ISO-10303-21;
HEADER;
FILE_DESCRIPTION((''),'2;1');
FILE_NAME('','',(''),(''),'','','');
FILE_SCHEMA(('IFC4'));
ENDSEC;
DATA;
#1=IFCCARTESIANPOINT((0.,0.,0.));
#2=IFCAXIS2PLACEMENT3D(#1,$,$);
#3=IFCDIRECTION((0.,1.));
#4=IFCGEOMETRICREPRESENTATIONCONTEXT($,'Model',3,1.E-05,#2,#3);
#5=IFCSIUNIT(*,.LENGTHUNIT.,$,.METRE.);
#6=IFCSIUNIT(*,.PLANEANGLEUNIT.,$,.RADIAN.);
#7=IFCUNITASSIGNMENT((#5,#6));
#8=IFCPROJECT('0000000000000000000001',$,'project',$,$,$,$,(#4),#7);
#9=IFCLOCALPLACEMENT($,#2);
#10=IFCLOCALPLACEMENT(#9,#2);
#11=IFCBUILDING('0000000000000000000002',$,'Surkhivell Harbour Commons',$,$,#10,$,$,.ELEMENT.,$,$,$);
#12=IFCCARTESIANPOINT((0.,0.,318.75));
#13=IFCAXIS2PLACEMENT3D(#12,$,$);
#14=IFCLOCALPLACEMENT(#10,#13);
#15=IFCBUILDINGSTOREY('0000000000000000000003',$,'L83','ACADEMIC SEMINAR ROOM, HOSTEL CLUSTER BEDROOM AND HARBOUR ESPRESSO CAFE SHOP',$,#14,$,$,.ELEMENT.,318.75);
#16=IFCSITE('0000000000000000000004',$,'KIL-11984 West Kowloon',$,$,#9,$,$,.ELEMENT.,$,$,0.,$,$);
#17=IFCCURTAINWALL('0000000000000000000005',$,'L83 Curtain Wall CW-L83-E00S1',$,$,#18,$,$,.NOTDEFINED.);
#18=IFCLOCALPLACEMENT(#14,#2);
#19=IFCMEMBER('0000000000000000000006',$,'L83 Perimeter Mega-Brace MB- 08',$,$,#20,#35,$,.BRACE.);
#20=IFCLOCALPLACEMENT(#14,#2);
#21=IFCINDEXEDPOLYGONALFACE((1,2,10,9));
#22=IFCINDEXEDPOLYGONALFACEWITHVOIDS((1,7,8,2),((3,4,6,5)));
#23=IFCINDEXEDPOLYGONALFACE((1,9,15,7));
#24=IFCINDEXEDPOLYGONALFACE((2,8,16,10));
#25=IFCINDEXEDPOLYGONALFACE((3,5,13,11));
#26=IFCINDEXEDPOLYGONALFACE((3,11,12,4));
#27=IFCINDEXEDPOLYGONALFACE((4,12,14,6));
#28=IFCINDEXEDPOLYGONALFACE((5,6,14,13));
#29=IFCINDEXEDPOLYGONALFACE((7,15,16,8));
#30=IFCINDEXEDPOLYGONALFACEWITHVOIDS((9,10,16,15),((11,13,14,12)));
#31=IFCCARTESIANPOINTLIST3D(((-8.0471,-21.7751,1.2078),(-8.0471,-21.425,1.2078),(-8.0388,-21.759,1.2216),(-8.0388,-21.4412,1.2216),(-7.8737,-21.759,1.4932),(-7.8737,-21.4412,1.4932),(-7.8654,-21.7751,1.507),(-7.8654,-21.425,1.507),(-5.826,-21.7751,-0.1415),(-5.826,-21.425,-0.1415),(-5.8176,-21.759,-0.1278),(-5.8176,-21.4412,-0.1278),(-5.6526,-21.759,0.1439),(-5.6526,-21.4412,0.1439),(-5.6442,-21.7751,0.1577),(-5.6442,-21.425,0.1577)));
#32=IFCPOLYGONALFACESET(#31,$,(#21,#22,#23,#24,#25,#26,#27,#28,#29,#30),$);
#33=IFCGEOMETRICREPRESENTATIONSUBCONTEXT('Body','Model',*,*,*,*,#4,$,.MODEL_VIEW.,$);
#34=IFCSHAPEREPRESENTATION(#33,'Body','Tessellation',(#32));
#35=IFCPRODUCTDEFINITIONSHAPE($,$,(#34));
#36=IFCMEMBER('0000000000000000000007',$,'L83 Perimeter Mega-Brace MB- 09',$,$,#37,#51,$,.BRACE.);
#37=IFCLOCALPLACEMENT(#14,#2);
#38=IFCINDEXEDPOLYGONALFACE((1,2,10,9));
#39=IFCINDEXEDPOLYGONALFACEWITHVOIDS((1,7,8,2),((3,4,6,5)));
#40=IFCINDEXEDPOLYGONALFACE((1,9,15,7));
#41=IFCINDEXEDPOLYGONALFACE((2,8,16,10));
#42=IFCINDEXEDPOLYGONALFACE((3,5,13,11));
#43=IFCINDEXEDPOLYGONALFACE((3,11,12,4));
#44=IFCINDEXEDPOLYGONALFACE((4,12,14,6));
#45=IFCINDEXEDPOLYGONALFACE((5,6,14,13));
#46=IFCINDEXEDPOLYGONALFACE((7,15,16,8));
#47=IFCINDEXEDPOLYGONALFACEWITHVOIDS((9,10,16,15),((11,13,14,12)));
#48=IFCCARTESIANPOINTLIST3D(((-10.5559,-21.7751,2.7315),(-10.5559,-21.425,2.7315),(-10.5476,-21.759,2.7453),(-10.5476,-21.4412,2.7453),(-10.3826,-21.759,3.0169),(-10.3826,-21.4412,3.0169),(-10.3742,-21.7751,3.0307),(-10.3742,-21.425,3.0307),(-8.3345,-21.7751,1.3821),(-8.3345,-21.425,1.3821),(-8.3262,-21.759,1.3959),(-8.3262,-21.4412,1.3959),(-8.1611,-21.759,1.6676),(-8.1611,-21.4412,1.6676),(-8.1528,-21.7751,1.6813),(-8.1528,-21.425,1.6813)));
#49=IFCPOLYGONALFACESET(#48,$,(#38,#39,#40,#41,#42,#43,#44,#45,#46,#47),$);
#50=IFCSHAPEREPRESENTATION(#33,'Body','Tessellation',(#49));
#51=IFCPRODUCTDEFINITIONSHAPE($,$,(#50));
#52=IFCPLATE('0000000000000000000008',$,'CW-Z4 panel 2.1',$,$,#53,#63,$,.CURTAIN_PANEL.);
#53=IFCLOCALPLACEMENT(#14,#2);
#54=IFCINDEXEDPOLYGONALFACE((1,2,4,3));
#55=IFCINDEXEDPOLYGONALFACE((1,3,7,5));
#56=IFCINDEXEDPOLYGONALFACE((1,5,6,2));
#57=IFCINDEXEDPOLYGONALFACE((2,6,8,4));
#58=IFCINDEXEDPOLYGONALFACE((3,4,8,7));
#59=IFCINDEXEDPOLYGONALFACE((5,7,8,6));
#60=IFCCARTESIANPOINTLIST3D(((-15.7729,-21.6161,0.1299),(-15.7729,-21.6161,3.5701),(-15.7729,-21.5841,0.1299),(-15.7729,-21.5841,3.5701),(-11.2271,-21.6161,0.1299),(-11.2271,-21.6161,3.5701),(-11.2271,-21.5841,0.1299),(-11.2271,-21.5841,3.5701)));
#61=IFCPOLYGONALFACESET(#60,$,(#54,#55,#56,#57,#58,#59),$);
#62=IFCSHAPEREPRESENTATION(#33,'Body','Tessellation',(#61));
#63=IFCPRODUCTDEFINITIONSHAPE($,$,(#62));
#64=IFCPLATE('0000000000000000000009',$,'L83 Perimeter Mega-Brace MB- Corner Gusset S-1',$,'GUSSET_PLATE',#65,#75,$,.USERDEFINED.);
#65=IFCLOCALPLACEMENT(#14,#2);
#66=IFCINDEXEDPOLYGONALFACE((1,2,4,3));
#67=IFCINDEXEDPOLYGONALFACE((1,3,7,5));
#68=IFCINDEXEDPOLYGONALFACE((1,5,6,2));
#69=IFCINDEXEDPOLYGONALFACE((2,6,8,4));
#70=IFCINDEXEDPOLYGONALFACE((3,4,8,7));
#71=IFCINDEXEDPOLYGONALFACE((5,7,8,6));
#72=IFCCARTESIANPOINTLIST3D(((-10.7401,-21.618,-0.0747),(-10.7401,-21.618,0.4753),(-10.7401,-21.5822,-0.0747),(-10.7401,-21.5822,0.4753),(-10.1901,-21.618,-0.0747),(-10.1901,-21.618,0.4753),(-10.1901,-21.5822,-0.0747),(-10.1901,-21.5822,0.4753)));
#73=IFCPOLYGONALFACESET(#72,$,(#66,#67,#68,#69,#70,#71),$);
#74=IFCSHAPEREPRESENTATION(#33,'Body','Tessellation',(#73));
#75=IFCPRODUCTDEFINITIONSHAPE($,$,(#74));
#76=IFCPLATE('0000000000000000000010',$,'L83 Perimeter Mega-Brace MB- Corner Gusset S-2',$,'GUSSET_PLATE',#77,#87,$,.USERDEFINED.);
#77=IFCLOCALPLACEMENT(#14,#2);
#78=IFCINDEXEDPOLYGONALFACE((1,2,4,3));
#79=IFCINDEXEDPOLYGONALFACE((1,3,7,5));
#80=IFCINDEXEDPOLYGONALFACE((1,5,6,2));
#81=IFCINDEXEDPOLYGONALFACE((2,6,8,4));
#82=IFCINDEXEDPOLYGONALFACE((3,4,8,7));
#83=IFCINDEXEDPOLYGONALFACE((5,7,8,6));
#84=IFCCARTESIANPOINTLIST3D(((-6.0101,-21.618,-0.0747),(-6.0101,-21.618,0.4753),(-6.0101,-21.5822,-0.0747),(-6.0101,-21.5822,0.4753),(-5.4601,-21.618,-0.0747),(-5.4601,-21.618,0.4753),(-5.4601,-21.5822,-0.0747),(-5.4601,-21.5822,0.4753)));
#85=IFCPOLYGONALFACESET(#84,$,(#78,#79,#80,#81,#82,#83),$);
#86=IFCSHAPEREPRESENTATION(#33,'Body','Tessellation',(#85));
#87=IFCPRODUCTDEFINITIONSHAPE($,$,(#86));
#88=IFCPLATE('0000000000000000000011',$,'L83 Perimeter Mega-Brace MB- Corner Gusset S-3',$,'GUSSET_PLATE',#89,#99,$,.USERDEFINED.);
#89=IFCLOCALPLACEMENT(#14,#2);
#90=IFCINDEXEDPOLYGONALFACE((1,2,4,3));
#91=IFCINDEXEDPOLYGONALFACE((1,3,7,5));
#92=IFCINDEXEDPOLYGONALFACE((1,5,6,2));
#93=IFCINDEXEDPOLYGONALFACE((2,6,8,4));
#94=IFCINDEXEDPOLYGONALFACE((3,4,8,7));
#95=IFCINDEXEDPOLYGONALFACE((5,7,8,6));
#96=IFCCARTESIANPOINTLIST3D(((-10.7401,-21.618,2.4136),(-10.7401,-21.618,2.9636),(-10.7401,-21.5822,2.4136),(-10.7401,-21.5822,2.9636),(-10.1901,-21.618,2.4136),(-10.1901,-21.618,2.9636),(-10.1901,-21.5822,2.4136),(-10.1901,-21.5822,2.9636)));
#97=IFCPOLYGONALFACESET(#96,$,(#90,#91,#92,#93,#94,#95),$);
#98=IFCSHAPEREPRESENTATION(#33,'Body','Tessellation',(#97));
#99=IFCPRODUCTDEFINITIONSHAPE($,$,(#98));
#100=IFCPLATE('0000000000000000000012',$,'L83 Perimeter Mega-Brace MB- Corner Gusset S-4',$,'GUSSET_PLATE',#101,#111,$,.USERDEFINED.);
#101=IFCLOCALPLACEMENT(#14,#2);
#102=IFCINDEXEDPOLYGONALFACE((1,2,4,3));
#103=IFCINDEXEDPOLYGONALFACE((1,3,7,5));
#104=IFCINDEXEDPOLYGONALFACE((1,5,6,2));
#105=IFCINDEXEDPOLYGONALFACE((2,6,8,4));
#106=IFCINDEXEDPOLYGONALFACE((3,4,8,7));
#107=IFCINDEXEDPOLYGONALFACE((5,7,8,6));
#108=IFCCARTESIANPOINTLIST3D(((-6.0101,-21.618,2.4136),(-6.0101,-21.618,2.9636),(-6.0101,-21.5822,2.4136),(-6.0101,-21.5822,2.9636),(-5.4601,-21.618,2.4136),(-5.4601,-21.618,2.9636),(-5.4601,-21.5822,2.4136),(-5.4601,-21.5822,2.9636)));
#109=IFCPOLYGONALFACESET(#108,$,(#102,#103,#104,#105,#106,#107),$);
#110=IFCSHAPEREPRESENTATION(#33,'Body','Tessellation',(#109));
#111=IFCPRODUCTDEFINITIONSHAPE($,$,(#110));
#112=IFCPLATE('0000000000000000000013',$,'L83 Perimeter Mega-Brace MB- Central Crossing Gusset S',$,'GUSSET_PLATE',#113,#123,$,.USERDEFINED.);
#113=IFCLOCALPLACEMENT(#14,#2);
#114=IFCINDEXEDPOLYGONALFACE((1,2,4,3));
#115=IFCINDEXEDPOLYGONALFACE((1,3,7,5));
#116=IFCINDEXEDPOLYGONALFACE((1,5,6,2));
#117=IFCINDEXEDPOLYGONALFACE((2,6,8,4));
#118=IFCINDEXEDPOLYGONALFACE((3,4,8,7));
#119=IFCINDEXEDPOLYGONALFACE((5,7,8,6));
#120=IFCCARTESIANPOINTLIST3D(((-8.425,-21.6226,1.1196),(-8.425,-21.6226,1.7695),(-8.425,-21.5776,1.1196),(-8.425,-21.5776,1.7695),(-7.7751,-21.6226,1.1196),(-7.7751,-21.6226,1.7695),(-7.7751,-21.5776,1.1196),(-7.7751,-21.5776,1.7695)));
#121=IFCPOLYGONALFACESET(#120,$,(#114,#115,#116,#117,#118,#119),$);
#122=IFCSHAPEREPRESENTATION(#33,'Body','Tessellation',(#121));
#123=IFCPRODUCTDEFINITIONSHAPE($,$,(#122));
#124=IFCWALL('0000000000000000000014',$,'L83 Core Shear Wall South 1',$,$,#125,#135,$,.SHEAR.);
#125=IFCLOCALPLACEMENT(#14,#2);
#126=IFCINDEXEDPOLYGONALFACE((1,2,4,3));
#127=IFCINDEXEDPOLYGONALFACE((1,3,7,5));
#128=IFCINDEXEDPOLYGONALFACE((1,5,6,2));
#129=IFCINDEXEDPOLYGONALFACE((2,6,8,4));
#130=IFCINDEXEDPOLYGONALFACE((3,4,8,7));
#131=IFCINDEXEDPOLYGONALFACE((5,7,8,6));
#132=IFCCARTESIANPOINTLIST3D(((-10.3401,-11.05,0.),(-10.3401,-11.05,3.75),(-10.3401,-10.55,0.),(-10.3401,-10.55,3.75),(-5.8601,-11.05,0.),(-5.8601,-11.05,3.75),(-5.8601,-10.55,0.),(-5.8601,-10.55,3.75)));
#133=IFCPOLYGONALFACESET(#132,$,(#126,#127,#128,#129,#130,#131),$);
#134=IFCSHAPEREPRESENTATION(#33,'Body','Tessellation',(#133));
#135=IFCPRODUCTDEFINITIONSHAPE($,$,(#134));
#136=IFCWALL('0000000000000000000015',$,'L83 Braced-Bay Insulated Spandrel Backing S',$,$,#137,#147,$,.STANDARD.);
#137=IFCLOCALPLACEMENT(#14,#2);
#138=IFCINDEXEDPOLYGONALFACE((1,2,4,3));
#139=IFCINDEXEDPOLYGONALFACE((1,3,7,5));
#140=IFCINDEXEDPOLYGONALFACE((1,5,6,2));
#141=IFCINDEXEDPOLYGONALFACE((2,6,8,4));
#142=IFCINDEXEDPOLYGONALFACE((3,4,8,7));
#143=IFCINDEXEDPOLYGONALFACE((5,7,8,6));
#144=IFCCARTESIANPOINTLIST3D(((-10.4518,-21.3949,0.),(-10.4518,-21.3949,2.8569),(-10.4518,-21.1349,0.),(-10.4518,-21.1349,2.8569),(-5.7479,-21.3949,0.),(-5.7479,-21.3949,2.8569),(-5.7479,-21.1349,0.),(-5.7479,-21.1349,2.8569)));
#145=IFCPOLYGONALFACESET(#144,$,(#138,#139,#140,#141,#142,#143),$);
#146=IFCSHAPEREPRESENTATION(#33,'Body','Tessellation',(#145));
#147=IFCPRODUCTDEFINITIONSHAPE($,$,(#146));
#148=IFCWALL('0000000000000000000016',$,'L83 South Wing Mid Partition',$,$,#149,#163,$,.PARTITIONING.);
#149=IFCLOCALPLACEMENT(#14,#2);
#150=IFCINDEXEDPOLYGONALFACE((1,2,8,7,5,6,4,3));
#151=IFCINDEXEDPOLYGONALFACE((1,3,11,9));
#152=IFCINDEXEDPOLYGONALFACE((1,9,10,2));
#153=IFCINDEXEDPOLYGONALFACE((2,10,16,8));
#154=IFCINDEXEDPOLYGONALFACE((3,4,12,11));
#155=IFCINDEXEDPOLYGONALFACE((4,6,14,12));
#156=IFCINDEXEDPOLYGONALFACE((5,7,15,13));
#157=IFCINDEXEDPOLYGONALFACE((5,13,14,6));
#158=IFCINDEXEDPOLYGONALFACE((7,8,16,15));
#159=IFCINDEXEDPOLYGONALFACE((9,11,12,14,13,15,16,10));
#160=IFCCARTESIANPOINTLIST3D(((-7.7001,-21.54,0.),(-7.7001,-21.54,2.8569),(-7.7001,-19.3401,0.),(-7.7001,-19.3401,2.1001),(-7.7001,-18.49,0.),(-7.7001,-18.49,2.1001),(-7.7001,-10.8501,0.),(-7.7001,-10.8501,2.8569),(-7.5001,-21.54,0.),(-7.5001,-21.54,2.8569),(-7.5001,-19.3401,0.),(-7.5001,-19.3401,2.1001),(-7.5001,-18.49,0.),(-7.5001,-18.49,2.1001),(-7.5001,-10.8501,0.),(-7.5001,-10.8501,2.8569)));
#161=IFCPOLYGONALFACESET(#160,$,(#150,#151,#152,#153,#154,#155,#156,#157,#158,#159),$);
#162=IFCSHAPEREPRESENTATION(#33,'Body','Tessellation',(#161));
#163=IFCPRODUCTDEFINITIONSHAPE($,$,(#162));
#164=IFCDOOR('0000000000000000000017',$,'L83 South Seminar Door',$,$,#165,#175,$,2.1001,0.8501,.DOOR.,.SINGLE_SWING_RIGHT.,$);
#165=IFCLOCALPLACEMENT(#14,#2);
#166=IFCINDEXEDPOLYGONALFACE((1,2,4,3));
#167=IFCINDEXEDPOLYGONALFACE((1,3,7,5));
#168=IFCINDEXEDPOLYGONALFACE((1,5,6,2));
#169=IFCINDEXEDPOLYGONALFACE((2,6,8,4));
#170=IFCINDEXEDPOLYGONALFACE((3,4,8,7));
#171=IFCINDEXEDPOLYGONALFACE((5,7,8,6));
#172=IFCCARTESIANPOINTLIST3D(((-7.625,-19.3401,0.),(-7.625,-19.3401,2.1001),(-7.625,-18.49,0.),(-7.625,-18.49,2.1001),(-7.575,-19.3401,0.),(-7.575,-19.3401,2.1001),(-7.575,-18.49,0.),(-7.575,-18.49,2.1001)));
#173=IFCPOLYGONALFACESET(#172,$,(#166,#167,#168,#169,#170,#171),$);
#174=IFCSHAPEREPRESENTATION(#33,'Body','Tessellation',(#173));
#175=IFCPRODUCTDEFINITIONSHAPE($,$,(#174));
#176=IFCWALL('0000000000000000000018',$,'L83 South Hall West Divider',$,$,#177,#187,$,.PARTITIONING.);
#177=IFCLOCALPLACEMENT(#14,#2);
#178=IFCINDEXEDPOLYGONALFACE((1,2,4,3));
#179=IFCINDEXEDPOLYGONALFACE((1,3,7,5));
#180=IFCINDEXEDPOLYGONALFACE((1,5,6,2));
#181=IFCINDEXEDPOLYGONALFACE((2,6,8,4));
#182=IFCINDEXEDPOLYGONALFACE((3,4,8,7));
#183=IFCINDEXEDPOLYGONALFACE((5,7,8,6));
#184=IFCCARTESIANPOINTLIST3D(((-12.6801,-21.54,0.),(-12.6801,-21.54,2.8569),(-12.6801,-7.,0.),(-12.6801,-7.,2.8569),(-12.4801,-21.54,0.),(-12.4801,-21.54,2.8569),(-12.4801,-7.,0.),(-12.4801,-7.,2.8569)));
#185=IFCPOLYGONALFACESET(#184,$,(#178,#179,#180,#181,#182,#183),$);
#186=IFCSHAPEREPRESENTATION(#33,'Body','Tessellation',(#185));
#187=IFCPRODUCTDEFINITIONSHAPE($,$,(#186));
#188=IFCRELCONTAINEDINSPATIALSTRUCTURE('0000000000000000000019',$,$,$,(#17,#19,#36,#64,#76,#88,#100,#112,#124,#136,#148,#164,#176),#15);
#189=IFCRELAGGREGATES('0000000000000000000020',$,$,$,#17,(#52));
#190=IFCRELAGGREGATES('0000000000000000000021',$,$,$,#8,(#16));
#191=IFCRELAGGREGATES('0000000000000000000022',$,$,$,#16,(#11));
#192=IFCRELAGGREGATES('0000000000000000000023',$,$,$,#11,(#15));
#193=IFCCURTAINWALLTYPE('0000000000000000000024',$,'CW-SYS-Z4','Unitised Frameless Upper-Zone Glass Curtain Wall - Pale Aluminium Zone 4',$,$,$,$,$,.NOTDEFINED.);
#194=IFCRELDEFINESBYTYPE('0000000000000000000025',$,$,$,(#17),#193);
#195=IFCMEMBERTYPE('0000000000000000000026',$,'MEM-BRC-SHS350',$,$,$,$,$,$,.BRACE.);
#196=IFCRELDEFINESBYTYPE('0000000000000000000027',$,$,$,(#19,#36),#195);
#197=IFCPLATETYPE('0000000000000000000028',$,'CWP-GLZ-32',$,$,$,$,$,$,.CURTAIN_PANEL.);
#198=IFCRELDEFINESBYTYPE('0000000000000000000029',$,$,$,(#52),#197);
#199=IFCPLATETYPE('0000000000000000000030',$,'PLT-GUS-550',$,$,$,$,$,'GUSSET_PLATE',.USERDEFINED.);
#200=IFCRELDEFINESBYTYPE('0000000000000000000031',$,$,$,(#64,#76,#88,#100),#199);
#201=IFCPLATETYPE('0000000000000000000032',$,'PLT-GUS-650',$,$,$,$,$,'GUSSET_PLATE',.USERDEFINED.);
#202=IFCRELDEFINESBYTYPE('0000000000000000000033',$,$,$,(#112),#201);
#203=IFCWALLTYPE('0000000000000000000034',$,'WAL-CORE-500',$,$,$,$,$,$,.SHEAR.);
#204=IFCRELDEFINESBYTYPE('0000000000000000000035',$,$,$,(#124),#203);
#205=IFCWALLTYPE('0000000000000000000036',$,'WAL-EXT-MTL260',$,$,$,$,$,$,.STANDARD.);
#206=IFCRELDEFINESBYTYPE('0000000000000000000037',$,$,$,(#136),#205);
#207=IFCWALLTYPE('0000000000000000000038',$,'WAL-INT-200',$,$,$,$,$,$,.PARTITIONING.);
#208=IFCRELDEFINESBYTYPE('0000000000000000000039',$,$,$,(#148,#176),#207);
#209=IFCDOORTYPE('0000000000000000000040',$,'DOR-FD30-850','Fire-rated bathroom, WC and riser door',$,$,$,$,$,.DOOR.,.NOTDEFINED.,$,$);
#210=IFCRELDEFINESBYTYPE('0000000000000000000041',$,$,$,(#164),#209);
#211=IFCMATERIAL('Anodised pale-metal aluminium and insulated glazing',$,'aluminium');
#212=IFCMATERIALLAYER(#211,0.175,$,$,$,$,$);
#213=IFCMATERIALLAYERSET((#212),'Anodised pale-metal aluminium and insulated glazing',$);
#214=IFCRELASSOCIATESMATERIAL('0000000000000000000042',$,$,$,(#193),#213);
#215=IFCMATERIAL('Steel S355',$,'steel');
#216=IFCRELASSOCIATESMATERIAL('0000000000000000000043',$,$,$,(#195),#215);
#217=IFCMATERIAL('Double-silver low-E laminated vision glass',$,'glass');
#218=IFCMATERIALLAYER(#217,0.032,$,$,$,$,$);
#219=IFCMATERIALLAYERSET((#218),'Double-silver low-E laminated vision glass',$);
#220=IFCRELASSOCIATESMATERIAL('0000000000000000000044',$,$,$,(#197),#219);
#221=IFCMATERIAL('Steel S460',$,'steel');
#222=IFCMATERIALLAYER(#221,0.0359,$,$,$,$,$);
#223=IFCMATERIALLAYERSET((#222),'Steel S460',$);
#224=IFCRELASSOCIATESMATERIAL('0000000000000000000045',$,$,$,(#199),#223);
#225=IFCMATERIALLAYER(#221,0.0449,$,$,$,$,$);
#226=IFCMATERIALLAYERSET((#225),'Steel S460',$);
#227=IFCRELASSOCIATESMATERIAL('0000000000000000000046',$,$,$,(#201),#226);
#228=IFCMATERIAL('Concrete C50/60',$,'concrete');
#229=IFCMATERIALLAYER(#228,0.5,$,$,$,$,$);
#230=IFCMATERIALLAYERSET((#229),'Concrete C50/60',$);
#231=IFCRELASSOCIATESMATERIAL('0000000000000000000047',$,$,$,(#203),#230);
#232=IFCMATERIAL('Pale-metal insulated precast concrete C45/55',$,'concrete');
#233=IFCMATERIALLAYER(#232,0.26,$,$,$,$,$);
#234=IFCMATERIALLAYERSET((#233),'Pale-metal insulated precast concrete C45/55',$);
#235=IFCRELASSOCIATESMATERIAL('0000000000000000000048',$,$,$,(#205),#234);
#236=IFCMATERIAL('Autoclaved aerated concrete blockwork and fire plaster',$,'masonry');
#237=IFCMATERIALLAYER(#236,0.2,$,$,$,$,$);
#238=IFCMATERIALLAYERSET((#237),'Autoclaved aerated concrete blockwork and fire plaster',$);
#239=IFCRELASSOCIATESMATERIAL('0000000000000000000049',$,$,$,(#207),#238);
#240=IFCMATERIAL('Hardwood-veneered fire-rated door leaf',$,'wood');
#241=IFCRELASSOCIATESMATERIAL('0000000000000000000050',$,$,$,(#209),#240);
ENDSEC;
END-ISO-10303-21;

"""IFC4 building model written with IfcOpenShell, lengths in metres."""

from ifc_helpers import new_model, si_unit, direction, frame, frame_2d, origin, origin_2d, place, context, subcontext, project, spatial, rectangle, hollow_rectangle, extrude, material, layer, layer_set, material_profile, profile_set, type_object, element, fill, aggregate, save


model = new_model("IFC4")

# Units and contexts
model_context = context("Model", 3, precision=1e-05, world=origin(), true_north=direction((0.0, 1.0)))
body_context = subcontext(model_context, "Body", "Model", "MODEL_VIEW")
ifc_project = project(units=[si_unit("LENGTHUNIT", "METRE"), si_unit("PLANEANGLEUNIT", "RADIAN")], contexts=[model_context])

# Site, building, storey
site_placement = place(None, origin())
site = spatial("IfcSite", under=ifc_project, at=site_placement, Name="KIL-11984 West Kowloon", CompositionType="ELEMENT", RefElevation=0.0)
building_placement = place(site_placement, origin())
building = spatial("IfcBuilding", under=site, at=building_placement, Name="Surkhivell Harbour Commons", CompositionType="ELEMENT")
storey_placement = place(building_placement, frame((0.0, 0.0, 318.75)))
storey = spatial("IfcBuildingStorey", under=building, at=storey_placement, Name="L83", Description="ACADEMIC SEMINAR ROOM, HOSTEL CLUSTER BEDROOM AND HARBOUR ESPRESSO CAFE SHOP", CompositionType="ELEMENT", Elevation=318.75)

# Shared definitions
ifc_material_1 = material(Name="Concrete C50/60", Category="concrete")

# Shared definitions
ifc_material_2 = material(Name="Steel S355", Category="steel")

# Curtain wall
ifc_material_3 = material(Name="Anodised pale-metal aluminium and insulated glazing", Category="aluminium")
ifc_layer_1 = layer(ifc_material_3, 0.175)
ifc_layer_set_1 = layer_set([ifc_layer_1], Name="Anodised pale-metal aluminium and insulated glazing")
curtain_wall_type = type_object("IfcCurtainWallType", Name="CW-SYS-Z4", Description="Unitised Frameless Upper-Zone Glass Curtain Wall - Pale Aluminium Zone 4", PredefinedType="NOTDEFINED", material=ifc_layer_set_1)
curtain_wall_placement = place(storey_placement, origin())
curtain_wall = element("IfcCurtainWall", 1, at=curtain_wall_placement, inside=storey, type_object=curtain_wall_type, Name="L83 Curtain Wall CW-L83-E00S1", PredefinedType="NOTDEFINED")

# Members
ifc_material_profile_1 = material_profile(ifc_material_2, hollow_rectangle(XDim=0.3501, YDim=0.3501, WallThickness=0.0161, at=origin_2d()), Name="SHS350x350x16")
ifc_profile_set_1 = profile_set([ifc_material_profile_1], Name="Steel S355")
member_type_1 = type_object("IfcMemberType", Name="MEM-BRC-SHS350", PredefinedType="BRACE", material=ifc_profile_set_1)
member_1_placement = place(storey_placement, frame((-5.7351, -21.6001, 0.0081), z_axis=(-0.854654, 0.0, 0.519199), x_axis=(0.0, -1.0, 0.0)))
element("IfcMember", 2, at=member_1_placement, inside=storey, type_object=member_type_1, Name="L83 Perimeter Mega-Brace MB- 08", PredefinedType="BRACE", context=body_context, shape_type="SweptSolid", body=[
    extrude(hollow_rectangle(XDim=0.3501, YDim=0.3501, WallThickness=0.0161, at=origin_2d()), origin(), (0.0, 0.0, 1.0), 2.5989),
])
member_2_placement = place(storey_placement, frame((-8.2437, -21.6001, 1.5317), z_axis=(-0.854679, 0.0, 0.519157), x_axis=(0.0, -1.0, 0.0)))
element("IfcMember", 3, at=member_2_placement, inside=storey, type_object=member_type_1, Name="L83 Perimeter Mega-Brace MB- 09", PredefinedType="BRACE", context=body_context, shape_type="SweptSolid", body=[
    extrude(hollow_rectangle(XDim=0.3501, YDim=0.3501, WallThickness=0.0161, at=origin_2d()), origin(), (0.0, 0.0, 1.0), 2.5991),
])

# Plate
ifc_material_4 = material(Name="Double-silver low-E laminated vision glass", Category="glass")
ifc_layer_2 = layer(ifc_material_4, 0.032)
ifc_layer_set_2 = layer_set([ifc_layer_2], Name="Double-silver low-E laminated vision glass")
plate_type_1 = type_object("IfcPlateType", Name="CWP-GLZ-32", PredefinedType="CURTAIN_PANEL", material=ifc_layer_set_2)
plate_1_placement = place(storey_placement, frame((-15.7729, -21.6001, 0.1299), z_axis=(0.0, 0.0, 1.0), x_axis=(1.0, 0.0, 0.0)))
plate_1 = element("IfcPlate", 4, at=plate_1_placement, type_object=plate_type_1, Name="CW-Z4 panel 2.1", PredefinedType="CURTAIN_PANEL", context=body_context, shape_type="SweptSolid", body=[
    extrude(rectangle(XDim=4.5459, YDim=0.032, at=frame_2d((2.2729, 0.0))), origin(), (0.0, 0.0, 1.0), 3.4402),
])
aggregate(curtain_wall, [plate_1])

# Plates
ifc_material_5 = material(Name="Steel S460", Category="steel")
ifc_layer_3 = layer(ifc_material_5, 0.0359)
ifc_layer_set_3 = layer_set([ifc_layer_3], Name="Steel S460")
plate_type_2 = type_object("IfcPlateType", Name="PLT-GUS-550", ElementType="GUSSET_PLATE", PredefinedType="USERDEFINED", material=ifc_layer_set_3)
for number, where, z_axis, x_axis, name in (
    (5, (-10.4651, -21.6001, -0.0747), (0.0, 0.0, 1.0), (1.0, 0.0, 0.0), "L83 Perimeter Mega-Brace MB- Corner Gusset S-1"),
    (6, (-5.7351, -21.6001, -0.0747), (0.0, 0.0, 1.0), (1.0, 0.0, 0.0), "L83 Perimeter Mega-Brace MB- Corner Gusset S-2"),
    (7, (-10.4651, -21.6001, 2.4136), (0.0, 0.0, 1.0), (1.0, 0.0, 0.0), "L83 Perimeter Mega-Brace MB- Corner Gusset S-3"),
    (8, (-5.7351, -21.6001, 2.4136), (0.0, 0.0, 1.0), (1.0, 0.0, 0.0), "L83 Perimeter Mega-Brace MB- Corner Gusset S-4"),
):
    element("IfcPlate", number, at=place(storey_placement, frame(where, z_axis=z_axis, x_axis=x_axis)), inside=storey, type_object=plate_type_2, Name=name, ObjectType="GUSSET_PLATE", PredefinedType="USERDEFINED", context=body_context, shape_type="SweptSolid", body=[
        extrude(rectangle(XDim=0.55, YDim=0.0359, at=origin_2d()), origin(), (0.0, 0.0, 1.0), 0.55),
    ])
ifc_layer_4 = layer(ifc_material_5, 0.0449)
ifc_layer_set_4 = layer_set([ifc_layer_4], Name="Steel S460")
plate_type_3 = type_object("IfcPlateType", Name="PLT-GUS-650", ElementType="GUSSET_PLATE", PredefinedType="USERDEFINED", material=ifc_layer_set_4)
plate_2_placement = place(storey_placement, frame((-8.1001, -21.6001, 1.1196), z_axis=(0.0, 0.0, 1.0), x_axis=(1.0, 0.0, 0.0)))
element("IfcPlate", 9, at=plate_2_placement, inside=storey, type_object=plate_type_3, Name="L83 Perimeter Mega-Brace MB- Central Crossing Gusset S", ObjectType="GUSSET_PLATE", PredefinedType="USERDEFINED", context=body_context, shape_type="SweptSolid", body=[
    extrude(rectangle(XDim=0.6499, YDim=0.0449, at=origin_2d()), origin(), (0.0, 0.0, 1.0), 0.6499),
])

# Walls
ifc_layer_5 = layer(ifc_material_1, 0.5)
ifc_layer_set_5 = layer_set([ifc_layer_5], Name="Concrete C50/60")
wall_type_1 = type_object("IfcWallType", Name="WAL-CORE-500", PredefinedType="SHEAR", material=ifc_layer_set_5)
wall_1_placement = place(storey_placement, frame((-10.3401, -10.8, 0.0), z_axis=(0.0, 0.0, 1.0), x_axis=(1.0, 0.0, 0.0)))
element("IfcWall", 10, at=wall_1_placement, inside=storey, type_object=wall_type_1, Name="L83 Core Shear Wall South 1", PredefinedType="SHEAR", context=body_context, shape_type="SweptSolid", body=[
    extrude(rectangle(XDim=4.48, YDim=0.5, at=frame_2d((2.24, 0.0))), origin(), (0.0, 0.0, 1.0), 3.75),
])
ifc_material_6 = material(Name="Pale-metal insulated precast concrete C45/55", Category="concrete")
ifc_layer_6 = layer(ifc_material_6, 0.26)
ifc_layer_set_6 = layer_set([ifc_layer_6], Name="Pale-metal insulated precast concrete C45/55")
wall_type_2 = type_object("IfcWallType", Name="WAL-EXT-MTL260", PredefinedType="STANDARD", material=ifc_layer_set_6)
wall_2_placement = place(storey_placement, frame((-10.4519, -21.2649, 0.0), z_axis=(0.0, 0.0, 1.0), x_axis=(1.0, 0.0, 0.0)))
element("IfcWall", 11, at=wall_2_placement, inside=storey, type_object=wall_type_2, Name="L83 Braced-Bay Insulated Spandrel Backing S", PredefinedType="STANDARD", context=body_context, shape_type="SweptSolid", body=[
    extrude(rectangle(XDim=4.7039, YDim=0.26, at=frame_2d((2.3521, 0.0))), origin(), (0.0, 0.0, 1.0), 2.8569),
])

# Wall, opening, door
ifc_material_7 = material(Name="Autoclaved aerated concrete blockwork and fire plaster", Category="masonry")
ifc_layer_7 = layer(ifc_material_7, 0.2)
ifc_layer_set_7 = layer_set([ifc_layer_7], Name="Autoclaved aerated concrete blockwork and fire plaster")
wall_type_3 = type_object("IfcWallType", Name="WAL-INT-200", PredefinedType="PARTITIONING", material=ifc_layer_set_7)
wall_3_placement = place(storey_placement, frame((-7.6001, -21.54, 0.0), z_axis=(0.0, 0.0, 1.0), x_axis=(0.0, 1.0, 0.0)))
wall_3 = element("IfcWall", 12, at=wall_3_placement, inside=storey, type_object=wall_type_3, Name="L83 South Wing Mid Partition", PredefinedType="PARTITIONING", context=body_context, shape_type="SweptSolid", body=[
    extrude(rectangle(XDim=10.6899, YDim=0.2, at=frame_2d((5.345, 0.0))), origin(), (0.0, 0.0, 1.0), 2.8569),
])
opening_placement = place(wall_3_placement, frame((2.2, 0.0, 0.0)))
opening = element("IfcOpeningElement", 13, at=opening_placement, cuts=wall_3, PredefinedType="OPENING", context=body_context, shape_type="SweptSolid", body=[
    extrude(rectangle(XDim=0.8501, YDim=2.1001, at=frame_2d((0.425, 1.05))), frame((0.0, 0.1099, 0.0), z_axis=(0.0, -1.0, 0.0), x_axis=(1.0, 0.0, 0.0)), (0.0, 0.0, 1.0), 0.22),
])
ifc_material_8 = material(Name="Hardwood-veneered fire-rated door leaf", Category="wood")
door_type = type_object("IfcDoorType", Name="DOR-FD30-850", Description="Fire-rated bathroom, WC and riser door", OperationType="NOTDEFINED", PredefinedType="DOOR", material=ifc_material_8)
door_placement = place(opening_placement, origin())
door = element("IfcDoor", 14, at=door_placement, inside=storey, type_object=door_type, Name="L83 South Seminar Door", OperationType="SINGLE_SWING_RIGHT", OverallHeight=2.1001, OverallWidth=0.8501, PredefinedType="DOOR", context=body_context, shape_type="SweptSolid", body=[
    extrude(rectangle(XDim=0.8501, YDim=2.1001, at=frame_2d((0.425, 1.05))), frame((0.0, 0.0249, 0.0), z_axis=(0.0, -1.0, 0.0), x_axis=(1.0, 0.0, 0.0)), (0.0, 0.0, 1.0), 0.05),
])
fill(opening, door)

# Wall
wall_4_placement = place(storey_placement, frame((-12.5801, -21.54, 0.0), z_axis=(0.0, 0.0, 1.0), x_axis=(0.0, 1.0, 0.0)))
element("IfcWall", 15, at=wall_4_placement, inside=storey, type_object=wall_type_3, Name="L83 South Hall West Divider", PredefinedType="PARTITIONING", context=body_context, shape_type="SweptSolid", body=[
    extrude(rectangle(XDim=14.54, YDim=0.2, at=frame_2d((7.27, 0.0))), origin(), (0.0, 0.0, 1.0), 2.8569),
])

save(model, "model.ifc")
